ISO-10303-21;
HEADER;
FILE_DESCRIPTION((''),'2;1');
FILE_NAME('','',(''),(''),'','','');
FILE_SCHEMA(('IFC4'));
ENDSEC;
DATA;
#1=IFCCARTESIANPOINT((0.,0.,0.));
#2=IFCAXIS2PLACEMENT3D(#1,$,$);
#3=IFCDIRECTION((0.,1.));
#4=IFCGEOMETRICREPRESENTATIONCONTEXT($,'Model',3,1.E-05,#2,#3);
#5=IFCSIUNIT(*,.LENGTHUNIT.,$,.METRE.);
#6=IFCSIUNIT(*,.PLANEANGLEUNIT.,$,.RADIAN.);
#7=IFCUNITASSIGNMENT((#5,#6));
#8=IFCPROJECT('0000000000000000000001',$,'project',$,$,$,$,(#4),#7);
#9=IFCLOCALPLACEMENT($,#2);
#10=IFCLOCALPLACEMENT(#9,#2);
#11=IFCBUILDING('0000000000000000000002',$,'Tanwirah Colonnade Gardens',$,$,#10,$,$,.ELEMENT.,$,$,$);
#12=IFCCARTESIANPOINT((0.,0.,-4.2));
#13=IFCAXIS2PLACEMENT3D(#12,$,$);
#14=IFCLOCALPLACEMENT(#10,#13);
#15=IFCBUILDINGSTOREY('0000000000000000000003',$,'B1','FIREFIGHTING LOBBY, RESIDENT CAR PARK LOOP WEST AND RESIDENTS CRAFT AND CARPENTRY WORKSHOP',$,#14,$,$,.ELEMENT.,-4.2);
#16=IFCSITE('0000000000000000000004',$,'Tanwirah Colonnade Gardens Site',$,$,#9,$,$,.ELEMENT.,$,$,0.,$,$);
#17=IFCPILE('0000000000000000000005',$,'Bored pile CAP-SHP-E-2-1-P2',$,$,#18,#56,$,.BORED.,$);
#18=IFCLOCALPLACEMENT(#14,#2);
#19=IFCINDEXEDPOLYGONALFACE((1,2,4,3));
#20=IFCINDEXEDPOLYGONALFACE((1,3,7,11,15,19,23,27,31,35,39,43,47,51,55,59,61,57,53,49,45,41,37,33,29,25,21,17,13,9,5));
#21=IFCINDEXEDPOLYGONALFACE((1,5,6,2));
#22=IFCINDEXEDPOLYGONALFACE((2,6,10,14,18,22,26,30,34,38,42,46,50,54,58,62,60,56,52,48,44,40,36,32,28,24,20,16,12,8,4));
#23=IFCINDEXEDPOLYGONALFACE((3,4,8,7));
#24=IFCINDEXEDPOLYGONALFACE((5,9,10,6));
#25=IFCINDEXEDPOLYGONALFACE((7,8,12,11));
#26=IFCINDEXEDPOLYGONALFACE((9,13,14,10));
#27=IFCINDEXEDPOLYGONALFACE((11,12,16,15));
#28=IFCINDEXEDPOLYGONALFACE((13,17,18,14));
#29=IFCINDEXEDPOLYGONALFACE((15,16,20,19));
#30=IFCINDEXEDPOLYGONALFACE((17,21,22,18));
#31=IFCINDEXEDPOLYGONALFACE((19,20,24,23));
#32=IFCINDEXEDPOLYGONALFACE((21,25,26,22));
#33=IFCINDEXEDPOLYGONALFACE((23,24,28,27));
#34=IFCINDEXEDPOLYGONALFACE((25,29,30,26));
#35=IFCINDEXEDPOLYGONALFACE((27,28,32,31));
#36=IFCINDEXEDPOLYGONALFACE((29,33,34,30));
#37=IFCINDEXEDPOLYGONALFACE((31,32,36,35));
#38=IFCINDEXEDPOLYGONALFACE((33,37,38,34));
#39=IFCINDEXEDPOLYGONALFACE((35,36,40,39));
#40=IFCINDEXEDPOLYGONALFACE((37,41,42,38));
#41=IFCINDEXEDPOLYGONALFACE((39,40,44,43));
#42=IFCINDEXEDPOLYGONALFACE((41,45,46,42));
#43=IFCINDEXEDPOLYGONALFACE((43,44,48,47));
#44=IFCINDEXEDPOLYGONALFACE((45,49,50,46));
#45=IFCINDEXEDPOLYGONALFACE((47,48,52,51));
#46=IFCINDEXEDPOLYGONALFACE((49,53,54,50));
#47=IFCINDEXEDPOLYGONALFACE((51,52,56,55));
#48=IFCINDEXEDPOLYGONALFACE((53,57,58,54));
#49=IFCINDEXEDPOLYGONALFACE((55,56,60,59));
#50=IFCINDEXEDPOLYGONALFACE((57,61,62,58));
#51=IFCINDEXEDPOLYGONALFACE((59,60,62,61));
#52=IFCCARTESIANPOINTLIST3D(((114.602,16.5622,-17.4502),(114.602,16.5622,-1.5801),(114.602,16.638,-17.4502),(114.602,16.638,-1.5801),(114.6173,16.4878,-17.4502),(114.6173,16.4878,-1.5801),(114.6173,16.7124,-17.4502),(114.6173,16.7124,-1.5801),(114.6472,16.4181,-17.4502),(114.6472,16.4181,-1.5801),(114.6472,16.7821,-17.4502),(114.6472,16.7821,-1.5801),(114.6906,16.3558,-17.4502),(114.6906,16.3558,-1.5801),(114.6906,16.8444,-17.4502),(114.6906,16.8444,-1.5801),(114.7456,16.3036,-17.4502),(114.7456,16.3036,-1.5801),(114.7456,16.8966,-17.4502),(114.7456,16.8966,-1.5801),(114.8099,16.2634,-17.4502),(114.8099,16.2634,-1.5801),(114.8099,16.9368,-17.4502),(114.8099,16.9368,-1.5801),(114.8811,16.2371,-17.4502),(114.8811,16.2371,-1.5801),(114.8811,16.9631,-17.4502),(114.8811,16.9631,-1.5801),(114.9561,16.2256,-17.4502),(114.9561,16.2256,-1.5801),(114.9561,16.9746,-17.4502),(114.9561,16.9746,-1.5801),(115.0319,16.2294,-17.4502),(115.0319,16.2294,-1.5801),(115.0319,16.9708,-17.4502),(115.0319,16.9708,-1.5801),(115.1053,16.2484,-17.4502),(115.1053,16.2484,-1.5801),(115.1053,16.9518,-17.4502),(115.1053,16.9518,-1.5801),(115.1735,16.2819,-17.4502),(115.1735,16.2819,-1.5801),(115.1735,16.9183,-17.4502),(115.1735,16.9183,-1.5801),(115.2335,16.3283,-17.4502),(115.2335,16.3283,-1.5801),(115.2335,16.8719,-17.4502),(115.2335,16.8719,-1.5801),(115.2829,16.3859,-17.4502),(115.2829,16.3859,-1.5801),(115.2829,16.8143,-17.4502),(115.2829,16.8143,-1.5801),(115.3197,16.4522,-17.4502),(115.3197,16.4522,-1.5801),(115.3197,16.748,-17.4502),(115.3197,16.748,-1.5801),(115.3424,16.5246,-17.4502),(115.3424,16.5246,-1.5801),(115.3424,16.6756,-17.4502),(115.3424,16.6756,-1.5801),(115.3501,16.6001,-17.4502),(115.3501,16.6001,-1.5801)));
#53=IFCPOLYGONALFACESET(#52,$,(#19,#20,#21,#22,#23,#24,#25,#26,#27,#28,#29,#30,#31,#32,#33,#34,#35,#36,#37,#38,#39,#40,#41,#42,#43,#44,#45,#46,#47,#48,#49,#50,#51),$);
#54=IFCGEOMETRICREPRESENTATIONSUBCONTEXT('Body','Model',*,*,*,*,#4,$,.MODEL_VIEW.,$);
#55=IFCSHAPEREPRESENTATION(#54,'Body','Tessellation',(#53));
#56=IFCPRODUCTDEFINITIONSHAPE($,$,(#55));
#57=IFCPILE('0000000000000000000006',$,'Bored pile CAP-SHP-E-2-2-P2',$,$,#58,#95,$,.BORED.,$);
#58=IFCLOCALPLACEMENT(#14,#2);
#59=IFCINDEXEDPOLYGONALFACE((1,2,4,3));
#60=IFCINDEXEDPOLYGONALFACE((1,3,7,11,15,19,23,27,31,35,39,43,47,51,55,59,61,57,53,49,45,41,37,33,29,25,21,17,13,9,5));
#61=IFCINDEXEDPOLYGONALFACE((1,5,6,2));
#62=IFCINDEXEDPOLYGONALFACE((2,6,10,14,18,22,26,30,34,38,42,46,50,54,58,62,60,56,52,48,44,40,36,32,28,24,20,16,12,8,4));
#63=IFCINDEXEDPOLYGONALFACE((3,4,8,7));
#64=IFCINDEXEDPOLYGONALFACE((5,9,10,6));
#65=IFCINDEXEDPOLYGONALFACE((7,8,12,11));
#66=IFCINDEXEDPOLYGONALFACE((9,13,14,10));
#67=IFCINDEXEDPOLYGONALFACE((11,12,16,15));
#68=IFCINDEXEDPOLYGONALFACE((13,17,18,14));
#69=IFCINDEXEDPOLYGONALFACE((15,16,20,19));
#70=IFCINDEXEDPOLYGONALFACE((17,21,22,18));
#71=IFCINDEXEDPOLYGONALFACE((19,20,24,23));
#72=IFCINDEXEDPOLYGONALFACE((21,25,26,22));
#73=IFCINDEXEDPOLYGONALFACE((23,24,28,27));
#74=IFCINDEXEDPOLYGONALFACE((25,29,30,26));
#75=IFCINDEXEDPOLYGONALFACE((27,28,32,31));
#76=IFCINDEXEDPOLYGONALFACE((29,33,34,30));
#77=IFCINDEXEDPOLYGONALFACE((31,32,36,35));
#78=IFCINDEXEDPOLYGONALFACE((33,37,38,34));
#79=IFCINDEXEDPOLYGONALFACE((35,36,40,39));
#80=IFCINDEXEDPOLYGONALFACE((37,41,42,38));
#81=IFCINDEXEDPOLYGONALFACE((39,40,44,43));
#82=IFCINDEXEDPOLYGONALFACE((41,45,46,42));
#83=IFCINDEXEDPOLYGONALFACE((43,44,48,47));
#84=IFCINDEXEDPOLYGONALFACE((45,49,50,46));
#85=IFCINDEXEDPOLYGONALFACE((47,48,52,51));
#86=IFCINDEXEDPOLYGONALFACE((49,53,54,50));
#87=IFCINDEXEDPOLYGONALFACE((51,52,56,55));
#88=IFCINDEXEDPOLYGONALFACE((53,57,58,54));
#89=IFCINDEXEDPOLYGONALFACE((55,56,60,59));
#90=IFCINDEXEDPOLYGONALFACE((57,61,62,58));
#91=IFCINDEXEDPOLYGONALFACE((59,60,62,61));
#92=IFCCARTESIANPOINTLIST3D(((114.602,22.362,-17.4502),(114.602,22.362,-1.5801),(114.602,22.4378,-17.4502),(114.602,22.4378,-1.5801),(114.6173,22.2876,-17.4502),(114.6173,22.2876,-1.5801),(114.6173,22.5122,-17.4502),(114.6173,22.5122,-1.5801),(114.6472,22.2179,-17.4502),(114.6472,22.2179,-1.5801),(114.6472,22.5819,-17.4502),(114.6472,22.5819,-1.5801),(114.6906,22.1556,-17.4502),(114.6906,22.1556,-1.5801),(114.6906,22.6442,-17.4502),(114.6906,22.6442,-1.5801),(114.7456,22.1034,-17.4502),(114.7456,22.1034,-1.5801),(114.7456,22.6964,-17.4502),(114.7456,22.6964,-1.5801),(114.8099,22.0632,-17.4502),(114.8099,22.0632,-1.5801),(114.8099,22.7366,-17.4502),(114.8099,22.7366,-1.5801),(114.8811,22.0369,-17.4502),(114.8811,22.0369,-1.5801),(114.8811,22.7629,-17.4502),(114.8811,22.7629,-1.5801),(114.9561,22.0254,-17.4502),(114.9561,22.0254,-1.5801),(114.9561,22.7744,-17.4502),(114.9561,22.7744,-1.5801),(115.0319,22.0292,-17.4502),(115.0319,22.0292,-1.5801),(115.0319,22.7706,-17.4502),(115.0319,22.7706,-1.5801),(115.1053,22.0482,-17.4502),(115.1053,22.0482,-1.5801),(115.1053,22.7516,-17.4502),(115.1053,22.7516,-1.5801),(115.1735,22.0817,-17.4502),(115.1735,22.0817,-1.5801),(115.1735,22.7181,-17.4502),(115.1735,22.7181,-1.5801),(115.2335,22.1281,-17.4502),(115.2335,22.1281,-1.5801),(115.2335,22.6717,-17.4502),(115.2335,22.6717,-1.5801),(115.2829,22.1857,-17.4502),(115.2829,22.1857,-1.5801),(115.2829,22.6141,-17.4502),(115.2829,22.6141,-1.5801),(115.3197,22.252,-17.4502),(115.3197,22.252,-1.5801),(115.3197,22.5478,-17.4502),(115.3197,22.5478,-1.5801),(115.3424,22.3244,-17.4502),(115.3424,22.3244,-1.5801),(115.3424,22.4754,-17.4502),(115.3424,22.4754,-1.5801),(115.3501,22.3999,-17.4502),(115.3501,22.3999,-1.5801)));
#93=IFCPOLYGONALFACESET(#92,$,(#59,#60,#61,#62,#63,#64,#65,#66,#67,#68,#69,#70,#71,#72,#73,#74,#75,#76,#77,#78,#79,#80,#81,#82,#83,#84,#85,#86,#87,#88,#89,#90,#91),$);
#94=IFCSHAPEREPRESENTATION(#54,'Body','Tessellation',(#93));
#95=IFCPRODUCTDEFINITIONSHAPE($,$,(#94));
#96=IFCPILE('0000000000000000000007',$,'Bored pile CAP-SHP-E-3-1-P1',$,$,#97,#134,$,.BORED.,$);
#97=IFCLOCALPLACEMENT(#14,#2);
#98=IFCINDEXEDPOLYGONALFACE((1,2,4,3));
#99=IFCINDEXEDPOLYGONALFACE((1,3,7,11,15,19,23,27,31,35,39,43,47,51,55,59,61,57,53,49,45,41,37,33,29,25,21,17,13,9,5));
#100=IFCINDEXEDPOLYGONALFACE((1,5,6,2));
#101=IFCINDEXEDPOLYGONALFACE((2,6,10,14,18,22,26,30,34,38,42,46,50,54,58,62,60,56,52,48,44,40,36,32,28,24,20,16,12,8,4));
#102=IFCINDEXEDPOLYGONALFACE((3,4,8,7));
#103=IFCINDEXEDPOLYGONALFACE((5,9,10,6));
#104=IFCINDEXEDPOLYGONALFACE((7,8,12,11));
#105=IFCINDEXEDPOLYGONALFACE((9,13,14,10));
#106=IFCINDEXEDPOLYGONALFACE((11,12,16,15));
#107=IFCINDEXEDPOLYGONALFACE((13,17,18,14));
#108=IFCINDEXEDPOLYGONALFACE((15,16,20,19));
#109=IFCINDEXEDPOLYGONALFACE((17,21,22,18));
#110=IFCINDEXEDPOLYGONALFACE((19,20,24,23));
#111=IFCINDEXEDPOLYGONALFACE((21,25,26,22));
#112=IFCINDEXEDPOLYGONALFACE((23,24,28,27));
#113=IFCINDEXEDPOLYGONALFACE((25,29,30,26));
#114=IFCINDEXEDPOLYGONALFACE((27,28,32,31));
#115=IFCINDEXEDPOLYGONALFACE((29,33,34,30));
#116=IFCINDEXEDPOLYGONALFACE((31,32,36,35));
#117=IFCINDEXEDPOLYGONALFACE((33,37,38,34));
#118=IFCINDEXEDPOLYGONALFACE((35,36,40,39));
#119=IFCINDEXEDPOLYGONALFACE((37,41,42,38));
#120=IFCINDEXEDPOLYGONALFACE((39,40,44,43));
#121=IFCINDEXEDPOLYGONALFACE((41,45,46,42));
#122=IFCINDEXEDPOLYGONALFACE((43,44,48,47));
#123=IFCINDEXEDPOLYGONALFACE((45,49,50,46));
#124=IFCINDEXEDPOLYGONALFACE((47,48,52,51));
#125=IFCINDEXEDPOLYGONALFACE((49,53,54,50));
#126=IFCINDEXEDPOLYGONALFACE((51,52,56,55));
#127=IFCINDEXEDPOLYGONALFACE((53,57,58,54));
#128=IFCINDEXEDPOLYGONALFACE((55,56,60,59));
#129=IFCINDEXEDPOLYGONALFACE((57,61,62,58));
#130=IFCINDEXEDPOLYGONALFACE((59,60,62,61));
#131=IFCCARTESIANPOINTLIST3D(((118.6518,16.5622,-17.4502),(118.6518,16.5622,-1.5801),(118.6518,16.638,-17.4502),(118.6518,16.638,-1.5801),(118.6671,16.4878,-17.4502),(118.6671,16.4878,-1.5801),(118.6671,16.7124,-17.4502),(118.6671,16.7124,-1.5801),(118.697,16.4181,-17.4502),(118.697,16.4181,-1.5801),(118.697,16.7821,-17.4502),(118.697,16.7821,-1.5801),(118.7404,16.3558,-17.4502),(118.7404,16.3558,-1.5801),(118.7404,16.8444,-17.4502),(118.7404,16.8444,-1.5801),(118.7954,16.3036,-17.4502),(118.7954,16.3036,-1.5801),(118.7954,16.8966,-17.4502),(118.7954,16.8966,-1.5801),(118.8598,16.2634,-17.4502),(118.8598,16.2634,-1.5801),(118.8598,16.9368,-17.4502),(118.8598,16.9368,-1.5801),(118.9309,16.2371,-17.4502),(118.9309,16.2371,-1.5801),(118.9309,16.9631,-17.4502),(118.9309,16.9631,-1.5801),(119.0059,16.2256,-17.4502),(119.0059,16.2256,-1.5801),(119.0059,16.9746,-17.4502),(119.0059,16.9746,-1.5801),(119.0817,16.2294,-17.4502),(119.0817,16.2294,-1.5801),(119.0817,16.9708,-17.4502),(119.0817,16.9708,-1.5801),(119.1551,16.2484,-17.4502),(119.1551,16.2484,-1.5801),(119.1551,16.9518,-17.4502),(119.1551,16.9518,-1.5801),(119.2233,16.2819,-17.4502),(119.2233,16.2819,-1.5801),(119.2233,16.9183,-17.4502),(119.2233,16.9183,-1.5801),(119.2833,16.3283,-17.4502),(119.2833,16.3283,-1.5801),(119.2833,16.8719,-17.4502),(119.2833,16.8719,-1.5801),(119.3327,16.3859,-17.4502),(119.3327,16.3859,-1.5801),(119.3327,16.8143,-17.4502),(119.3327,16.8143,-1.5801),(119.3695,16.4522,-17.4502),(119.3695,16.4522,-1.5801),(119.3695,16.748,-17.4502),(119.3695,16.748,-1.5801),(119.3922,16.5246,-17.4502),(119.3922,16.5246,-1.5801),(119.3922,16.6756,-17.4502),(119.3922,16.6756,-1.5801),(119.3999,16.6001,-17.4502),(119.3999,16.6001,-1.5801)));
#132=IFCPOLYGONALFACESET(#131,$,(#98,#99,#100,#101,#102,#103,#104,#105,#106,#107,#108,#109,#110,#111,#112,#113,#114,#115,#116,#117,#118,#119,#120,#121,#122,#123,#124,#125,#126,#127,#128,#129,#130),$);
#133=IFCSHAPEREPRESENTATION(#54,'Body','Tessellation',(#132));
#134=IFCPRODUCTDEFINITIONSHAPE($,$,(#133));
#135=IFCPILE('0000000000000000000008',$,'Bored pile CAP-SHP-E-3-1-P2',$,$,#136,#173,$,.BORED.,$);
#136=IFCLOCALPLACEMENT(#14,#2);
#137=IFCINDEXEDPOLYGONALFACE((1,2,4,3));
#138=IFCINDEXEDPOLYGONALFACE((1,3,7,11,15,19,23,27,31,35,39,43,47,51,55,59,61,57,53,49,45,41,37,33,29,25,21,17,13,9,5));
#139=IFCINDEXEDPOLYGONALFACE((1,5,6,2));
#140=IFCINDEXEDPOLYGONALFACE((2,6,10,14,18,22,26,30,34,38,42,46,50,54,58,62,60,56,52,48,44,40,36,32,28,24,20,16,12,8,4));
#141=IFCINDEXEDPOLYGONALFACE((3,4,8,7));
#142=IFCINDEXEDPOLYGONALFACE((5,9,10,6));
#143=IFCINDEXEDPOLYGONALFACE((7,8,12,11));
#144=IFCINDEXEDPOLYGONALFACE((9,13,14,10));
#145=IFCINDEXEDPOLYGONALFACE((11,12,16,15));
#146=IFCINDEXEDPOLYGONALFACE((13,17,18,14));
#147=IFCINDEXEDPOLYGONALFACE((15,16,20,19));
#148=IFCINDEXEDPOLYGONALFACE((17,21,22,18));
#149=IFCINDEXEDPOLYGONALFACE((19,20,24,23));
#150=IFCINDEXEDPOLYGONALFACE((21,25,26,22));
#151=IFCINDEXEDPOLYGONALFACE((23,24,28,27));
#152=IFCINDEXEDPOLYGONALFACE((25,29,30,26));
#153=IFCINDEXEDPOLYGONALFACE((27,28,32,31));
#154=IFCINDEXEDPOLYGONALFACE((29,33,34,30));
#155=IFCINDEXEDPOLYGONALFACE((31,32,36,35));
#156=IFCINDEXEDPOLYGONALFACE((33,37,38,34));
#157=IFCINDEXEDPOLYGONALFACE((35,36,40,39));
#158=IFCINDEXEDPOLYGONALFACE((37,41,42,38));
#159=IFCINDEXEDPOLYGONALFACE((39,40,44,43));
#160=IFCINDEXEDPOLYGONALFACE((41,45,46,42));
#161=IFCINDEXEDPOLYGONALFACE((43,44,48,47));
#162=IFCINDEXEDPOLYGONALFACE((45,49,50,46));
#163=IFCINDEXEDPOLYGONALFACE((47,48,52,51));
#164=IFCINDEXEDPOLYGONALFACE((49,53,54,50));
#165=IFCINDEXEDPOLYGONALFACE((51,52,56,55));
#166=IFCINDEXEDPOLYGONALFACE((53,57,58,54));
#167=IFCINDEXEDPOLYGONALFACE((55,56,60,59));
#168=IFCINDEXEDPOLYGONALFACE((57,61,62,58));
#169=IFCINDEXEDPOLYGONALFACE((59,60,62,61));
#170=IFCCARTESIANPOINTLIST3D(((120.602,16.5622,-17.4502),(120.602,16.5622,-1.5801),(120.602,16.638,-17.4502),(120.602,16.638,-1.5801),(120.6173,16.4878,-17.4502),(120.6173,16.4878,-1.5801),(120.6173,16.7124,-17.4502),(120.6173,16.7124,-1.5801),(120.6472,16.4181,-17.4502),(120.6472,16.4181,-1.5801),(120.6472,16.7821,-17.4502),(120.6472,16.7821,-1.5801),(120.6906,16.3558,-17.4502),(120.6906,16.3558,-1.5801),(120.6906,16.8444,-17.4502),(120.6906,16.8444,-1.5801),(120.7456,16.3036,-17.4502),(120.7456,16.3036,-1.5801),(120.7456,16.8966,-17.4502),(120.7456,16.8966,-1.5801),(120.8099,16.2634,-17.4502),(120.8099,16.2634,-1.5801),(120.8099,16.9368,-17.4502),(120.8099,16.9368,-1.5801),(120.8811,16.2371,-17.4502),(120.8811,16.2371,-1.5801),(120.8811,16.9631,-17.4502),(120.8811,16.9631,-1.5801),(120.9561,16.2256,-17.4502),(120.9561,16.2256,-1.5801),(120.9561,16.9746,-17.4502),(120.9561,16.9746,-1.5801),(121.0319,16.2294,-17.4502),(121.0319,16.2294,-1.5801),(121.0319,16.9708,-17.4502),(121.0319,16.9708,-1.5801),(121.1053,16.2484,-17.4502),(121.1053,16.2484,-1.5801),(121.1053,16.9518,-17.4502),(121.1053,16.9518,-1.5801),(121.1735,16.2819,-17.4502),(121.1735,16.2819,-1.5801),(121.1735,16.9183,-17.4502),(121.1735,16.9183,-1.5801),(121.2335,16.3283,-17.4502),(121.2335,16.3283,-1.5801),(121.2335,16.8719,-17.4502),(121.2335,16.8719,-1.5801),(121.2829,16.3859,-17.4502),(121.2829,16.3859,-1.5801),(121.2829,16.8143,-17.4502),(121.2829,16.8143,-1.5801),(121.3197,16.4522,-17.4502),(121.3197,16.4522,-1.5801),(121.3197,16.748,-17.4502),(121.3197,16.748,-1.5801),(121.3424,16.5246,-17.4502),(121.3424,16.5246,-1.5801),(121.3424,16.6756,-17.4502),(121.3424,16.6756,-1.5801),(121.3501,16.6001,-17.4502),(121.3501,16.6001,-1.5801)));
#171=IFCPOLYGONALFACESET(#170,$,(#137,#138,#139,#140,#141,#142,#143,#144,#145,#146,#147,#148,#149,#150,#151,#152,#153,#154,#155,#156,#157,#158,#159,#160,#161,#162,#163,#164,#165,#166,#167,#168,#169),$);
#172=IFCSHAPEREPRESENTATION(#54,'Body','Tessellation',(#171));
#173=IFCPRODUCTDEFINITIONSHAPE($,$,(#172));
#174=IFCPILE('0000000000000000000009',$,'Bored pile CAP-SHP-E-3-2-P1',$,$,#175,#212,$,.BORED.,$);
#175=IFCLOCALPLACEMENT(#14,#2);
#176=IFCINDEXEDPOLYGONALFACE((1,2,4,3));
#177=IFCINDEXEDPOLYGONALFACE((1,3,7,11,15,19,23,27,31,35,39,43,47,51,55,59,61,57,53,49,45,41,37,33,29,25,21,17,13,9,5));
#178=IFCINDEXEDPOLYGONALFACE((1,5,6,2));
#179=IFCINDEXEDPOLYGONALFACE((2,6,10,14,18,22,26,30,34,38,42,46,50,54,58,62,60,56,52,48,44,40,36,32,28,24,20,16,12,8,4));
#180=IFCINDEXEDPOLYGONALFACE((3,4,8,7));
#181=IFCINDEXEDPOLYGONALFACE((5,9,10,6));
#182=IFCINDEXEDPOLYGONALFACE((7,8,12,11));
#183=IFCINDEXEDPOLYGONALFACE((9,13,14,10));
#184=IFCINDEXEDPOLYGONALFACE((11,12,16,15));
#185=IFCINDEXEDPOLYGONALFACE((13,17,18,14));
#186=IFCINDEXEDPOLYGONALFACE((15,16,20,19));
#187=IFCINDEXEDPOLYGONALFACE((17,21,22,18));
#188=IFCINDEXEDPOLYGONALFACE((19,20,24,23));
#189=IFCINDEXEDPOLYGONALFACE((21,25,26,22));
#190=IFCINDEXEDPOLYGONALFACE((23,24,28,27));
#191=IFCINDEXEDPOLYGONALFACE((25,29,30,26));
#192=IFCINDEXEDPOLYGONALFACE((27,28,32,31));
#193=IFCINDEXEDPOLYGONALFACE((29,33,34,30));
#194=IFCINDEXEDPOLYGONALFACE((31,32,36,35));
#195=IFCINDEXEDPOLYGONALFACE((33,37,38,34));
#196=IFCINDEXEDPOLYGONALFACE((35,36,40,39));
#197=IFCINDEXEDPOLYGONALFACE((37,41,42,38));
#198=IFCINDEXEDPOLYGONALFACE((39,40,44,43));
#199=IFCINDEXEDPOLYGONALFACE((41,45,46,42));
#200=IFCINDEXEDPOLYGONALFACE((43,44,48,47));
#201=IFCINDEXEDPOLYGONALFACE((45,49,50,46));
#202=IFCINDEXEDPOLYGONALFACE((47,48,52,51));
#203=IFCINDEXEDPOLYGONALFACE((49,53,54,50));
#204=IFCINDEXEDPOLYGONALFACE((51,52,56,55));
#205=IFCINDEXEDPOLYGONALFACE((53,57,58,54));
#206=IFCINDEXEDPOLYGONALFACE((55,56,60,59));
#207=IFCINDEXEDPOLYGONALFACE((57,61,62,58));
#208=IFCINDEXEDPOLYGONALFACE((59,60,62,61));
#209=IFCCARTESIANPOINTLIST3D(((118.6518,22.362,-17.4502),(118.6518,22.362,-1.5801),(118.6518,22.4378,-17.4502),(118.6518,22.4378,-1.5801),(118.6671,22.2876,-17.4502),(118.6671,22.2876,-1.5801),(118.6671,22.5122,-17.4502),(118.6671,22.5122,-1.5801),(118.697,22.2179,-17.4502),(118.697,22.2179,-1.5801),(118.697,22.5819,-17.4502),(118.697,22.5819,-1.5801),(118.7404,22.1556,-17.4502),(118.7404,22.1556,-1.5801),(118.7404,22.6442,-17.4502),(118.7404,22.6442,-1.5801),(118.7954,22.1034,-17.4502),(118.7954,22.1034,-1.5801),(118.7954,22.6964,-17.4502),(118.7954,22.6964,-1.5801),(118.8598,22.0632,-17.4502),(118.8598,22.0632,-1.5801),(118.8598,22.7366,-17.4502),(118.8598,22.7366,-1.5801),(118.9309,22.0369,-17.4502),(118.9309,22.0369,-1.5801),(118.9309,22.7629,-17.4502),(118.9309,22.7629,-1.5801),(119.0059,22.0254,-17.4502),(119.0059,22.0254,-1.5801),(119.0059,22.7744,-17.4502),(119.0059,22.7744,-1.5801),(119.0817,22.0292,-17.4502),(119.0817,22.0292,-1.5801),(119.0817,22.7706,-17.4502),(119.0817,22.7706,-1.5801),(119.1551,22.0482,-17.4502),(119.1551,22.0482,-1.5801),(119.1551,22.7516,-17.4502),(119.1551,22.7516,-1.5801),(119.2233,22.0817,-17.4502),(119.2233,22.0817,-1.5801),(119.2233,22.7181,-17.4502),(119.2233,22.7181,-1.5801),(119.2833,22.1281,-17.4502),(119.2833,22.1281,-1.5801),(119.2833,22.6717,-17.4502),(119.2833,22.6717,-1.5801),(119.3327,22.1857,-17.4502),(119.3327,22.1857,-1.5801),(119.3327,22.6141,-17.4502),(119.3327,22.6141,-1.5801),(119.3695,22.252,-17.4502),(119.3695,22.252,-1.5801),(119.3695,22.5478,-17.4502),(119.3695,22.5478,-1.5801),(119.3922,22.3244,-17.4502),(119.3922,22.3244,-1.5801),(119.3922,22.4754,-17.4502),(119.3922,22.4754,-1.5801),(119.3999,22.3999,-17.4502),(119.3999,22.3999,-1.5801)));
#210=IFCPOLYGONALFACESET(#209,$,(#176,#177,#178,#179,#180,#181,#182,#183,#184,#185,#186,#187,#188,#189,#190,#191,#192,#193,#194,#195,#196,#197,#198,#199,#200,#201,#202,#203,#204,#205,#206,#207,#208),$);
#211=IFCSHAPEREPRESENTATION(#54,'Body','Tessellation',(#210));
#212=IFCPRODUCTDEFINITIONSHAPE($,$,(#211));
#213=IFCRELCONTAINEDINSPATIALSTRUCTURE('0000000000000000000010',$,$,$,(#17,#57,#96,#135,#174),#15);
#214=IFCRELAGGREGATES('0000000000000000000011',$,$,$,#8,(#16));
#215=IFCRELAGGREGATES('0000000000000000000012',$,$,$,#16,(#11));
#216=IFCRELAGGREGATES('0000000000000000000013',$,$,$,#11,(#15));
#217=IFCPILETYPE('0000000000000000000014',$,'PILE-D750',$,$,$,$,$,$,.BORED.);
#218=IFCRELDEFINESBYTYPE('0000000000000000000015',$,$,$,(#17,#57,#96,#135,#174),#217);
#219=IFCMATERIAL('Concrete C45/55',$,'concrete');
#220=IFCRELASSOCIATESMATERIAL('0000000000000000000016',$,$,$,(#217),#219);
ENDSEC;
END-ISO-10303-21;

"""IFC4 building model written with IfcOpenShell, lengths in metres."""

from ifc_helpers import new_model, si_unit, direction, frame, origin, origin_2d, place, context, subcontext, project, spatial, circle, extrude, material, material_profile, profile_set, type_object, element, save


model = new_model("IFC4")

# Units and contexts
model_context = context("Model", 3, precision=1e-05, world=origin(), true_north=direction((0.0, 1.0)))
body_context = subcontext(model_context, "Body", "Model", "MODEL_VIEW")
ifc_project = project(units=[si_unit("LENGTHUNIT", "METRE"), si_unit("PLANEANGLEUNIT", "RADIAN")], contexts=[model_context])

# Site, building, storey
site_placement = place(None, origin())
site = spatial("IfcSite", under=ifc_project, at=site_placement, Name="Tanwirah Colonnade Gardens Site", CompositionType="ELEMENT", RefElevation=0.0)
building_placement = place(site_placement, origin())
building = spatial("IfcBuilding", under=site, at=building_placement, Name="Tanwirah Colonnade Gardens", CompositionType="ELEMENT")
storey_placement = place(building_placement, frame((0.0, 0.0, -4.2)))
storey = spatial("IfcBuildingStorey", under=building, at=storey_placement, Name="B1", Description="FIREFIGHTING LOBBY, RESIDENT CAR PARK LOOP WEST AND RESIDENTS CRAFT AND CARPENTRY WORKSHOP", CompositionType="ELEMENT", Elevation=-4.2)

# Shared definitions
ifc_material_1 = material(Name="Concrete C45/55", Category="concrete")

# Piles
ifc_material_profile_1 = material_profile(ifc_material_1, circle(Radius=0.375, at=origin_2d()), Name="PILE D750")
ifc_profile_set_1 = profile_set([ifc_material_profile_1], Name="Concrete C45/55")
pile_type_1 = type_object("IfcPileType", Name="PILE-D750", PredefinedType="BORED", material=ifc_profile_set_1)
for number, where, z_axis, x_axis, name in (
    (1, (114.9751, 16.6001, -1.5801), (0.0, 0.0, -1.0), (1.0, 0.0, 0.0), "Bored pile CAP-SHP-E-2-1-P2"),
    (2, (114.9751, 22.3999, -1.5801), (0.0, 0.0, -1.0), (1.0, 0.0, 0.0), "Bored pile CAP-SHP-E-2-2-P2"),
    (3, (119.0249, 16.6001, -1.5801), (0.0, 0.0, -1.0), (1.0, 0.0, 0.0), "Bored pile CAP-SHP-E-3-1-P1"),
    (4, (120.9751, 16.6001, -1.5801), (0.0, 0.0, -1.0), (1.0, 0.0, 0.0), "Bored pile CAP-SHP-E-3-1-P2"),
    (5, (119.0249, 22.3999, -1.5801), (0.0, 0.0, -1.0), (1.0, 0.0, 0.0), "Bored pile CAP-SHP-E-3-2-P1"),
):
    element("IfcPile", number, at=place(storey_placement, frame(where, z_axis=z_axis, x_axis=x_axis)), inside=storey, type_object=pile_type_1, Name=name, PredefinedType="BORED", context=body_context, shape_type="SweptSolid", body=[
        extrude(circle(Radius=0.375, at=origin_2d()), origin(), (0.0, 0.0, 1.0), 15.8701),
    ])

save(model, "model.ifc")
